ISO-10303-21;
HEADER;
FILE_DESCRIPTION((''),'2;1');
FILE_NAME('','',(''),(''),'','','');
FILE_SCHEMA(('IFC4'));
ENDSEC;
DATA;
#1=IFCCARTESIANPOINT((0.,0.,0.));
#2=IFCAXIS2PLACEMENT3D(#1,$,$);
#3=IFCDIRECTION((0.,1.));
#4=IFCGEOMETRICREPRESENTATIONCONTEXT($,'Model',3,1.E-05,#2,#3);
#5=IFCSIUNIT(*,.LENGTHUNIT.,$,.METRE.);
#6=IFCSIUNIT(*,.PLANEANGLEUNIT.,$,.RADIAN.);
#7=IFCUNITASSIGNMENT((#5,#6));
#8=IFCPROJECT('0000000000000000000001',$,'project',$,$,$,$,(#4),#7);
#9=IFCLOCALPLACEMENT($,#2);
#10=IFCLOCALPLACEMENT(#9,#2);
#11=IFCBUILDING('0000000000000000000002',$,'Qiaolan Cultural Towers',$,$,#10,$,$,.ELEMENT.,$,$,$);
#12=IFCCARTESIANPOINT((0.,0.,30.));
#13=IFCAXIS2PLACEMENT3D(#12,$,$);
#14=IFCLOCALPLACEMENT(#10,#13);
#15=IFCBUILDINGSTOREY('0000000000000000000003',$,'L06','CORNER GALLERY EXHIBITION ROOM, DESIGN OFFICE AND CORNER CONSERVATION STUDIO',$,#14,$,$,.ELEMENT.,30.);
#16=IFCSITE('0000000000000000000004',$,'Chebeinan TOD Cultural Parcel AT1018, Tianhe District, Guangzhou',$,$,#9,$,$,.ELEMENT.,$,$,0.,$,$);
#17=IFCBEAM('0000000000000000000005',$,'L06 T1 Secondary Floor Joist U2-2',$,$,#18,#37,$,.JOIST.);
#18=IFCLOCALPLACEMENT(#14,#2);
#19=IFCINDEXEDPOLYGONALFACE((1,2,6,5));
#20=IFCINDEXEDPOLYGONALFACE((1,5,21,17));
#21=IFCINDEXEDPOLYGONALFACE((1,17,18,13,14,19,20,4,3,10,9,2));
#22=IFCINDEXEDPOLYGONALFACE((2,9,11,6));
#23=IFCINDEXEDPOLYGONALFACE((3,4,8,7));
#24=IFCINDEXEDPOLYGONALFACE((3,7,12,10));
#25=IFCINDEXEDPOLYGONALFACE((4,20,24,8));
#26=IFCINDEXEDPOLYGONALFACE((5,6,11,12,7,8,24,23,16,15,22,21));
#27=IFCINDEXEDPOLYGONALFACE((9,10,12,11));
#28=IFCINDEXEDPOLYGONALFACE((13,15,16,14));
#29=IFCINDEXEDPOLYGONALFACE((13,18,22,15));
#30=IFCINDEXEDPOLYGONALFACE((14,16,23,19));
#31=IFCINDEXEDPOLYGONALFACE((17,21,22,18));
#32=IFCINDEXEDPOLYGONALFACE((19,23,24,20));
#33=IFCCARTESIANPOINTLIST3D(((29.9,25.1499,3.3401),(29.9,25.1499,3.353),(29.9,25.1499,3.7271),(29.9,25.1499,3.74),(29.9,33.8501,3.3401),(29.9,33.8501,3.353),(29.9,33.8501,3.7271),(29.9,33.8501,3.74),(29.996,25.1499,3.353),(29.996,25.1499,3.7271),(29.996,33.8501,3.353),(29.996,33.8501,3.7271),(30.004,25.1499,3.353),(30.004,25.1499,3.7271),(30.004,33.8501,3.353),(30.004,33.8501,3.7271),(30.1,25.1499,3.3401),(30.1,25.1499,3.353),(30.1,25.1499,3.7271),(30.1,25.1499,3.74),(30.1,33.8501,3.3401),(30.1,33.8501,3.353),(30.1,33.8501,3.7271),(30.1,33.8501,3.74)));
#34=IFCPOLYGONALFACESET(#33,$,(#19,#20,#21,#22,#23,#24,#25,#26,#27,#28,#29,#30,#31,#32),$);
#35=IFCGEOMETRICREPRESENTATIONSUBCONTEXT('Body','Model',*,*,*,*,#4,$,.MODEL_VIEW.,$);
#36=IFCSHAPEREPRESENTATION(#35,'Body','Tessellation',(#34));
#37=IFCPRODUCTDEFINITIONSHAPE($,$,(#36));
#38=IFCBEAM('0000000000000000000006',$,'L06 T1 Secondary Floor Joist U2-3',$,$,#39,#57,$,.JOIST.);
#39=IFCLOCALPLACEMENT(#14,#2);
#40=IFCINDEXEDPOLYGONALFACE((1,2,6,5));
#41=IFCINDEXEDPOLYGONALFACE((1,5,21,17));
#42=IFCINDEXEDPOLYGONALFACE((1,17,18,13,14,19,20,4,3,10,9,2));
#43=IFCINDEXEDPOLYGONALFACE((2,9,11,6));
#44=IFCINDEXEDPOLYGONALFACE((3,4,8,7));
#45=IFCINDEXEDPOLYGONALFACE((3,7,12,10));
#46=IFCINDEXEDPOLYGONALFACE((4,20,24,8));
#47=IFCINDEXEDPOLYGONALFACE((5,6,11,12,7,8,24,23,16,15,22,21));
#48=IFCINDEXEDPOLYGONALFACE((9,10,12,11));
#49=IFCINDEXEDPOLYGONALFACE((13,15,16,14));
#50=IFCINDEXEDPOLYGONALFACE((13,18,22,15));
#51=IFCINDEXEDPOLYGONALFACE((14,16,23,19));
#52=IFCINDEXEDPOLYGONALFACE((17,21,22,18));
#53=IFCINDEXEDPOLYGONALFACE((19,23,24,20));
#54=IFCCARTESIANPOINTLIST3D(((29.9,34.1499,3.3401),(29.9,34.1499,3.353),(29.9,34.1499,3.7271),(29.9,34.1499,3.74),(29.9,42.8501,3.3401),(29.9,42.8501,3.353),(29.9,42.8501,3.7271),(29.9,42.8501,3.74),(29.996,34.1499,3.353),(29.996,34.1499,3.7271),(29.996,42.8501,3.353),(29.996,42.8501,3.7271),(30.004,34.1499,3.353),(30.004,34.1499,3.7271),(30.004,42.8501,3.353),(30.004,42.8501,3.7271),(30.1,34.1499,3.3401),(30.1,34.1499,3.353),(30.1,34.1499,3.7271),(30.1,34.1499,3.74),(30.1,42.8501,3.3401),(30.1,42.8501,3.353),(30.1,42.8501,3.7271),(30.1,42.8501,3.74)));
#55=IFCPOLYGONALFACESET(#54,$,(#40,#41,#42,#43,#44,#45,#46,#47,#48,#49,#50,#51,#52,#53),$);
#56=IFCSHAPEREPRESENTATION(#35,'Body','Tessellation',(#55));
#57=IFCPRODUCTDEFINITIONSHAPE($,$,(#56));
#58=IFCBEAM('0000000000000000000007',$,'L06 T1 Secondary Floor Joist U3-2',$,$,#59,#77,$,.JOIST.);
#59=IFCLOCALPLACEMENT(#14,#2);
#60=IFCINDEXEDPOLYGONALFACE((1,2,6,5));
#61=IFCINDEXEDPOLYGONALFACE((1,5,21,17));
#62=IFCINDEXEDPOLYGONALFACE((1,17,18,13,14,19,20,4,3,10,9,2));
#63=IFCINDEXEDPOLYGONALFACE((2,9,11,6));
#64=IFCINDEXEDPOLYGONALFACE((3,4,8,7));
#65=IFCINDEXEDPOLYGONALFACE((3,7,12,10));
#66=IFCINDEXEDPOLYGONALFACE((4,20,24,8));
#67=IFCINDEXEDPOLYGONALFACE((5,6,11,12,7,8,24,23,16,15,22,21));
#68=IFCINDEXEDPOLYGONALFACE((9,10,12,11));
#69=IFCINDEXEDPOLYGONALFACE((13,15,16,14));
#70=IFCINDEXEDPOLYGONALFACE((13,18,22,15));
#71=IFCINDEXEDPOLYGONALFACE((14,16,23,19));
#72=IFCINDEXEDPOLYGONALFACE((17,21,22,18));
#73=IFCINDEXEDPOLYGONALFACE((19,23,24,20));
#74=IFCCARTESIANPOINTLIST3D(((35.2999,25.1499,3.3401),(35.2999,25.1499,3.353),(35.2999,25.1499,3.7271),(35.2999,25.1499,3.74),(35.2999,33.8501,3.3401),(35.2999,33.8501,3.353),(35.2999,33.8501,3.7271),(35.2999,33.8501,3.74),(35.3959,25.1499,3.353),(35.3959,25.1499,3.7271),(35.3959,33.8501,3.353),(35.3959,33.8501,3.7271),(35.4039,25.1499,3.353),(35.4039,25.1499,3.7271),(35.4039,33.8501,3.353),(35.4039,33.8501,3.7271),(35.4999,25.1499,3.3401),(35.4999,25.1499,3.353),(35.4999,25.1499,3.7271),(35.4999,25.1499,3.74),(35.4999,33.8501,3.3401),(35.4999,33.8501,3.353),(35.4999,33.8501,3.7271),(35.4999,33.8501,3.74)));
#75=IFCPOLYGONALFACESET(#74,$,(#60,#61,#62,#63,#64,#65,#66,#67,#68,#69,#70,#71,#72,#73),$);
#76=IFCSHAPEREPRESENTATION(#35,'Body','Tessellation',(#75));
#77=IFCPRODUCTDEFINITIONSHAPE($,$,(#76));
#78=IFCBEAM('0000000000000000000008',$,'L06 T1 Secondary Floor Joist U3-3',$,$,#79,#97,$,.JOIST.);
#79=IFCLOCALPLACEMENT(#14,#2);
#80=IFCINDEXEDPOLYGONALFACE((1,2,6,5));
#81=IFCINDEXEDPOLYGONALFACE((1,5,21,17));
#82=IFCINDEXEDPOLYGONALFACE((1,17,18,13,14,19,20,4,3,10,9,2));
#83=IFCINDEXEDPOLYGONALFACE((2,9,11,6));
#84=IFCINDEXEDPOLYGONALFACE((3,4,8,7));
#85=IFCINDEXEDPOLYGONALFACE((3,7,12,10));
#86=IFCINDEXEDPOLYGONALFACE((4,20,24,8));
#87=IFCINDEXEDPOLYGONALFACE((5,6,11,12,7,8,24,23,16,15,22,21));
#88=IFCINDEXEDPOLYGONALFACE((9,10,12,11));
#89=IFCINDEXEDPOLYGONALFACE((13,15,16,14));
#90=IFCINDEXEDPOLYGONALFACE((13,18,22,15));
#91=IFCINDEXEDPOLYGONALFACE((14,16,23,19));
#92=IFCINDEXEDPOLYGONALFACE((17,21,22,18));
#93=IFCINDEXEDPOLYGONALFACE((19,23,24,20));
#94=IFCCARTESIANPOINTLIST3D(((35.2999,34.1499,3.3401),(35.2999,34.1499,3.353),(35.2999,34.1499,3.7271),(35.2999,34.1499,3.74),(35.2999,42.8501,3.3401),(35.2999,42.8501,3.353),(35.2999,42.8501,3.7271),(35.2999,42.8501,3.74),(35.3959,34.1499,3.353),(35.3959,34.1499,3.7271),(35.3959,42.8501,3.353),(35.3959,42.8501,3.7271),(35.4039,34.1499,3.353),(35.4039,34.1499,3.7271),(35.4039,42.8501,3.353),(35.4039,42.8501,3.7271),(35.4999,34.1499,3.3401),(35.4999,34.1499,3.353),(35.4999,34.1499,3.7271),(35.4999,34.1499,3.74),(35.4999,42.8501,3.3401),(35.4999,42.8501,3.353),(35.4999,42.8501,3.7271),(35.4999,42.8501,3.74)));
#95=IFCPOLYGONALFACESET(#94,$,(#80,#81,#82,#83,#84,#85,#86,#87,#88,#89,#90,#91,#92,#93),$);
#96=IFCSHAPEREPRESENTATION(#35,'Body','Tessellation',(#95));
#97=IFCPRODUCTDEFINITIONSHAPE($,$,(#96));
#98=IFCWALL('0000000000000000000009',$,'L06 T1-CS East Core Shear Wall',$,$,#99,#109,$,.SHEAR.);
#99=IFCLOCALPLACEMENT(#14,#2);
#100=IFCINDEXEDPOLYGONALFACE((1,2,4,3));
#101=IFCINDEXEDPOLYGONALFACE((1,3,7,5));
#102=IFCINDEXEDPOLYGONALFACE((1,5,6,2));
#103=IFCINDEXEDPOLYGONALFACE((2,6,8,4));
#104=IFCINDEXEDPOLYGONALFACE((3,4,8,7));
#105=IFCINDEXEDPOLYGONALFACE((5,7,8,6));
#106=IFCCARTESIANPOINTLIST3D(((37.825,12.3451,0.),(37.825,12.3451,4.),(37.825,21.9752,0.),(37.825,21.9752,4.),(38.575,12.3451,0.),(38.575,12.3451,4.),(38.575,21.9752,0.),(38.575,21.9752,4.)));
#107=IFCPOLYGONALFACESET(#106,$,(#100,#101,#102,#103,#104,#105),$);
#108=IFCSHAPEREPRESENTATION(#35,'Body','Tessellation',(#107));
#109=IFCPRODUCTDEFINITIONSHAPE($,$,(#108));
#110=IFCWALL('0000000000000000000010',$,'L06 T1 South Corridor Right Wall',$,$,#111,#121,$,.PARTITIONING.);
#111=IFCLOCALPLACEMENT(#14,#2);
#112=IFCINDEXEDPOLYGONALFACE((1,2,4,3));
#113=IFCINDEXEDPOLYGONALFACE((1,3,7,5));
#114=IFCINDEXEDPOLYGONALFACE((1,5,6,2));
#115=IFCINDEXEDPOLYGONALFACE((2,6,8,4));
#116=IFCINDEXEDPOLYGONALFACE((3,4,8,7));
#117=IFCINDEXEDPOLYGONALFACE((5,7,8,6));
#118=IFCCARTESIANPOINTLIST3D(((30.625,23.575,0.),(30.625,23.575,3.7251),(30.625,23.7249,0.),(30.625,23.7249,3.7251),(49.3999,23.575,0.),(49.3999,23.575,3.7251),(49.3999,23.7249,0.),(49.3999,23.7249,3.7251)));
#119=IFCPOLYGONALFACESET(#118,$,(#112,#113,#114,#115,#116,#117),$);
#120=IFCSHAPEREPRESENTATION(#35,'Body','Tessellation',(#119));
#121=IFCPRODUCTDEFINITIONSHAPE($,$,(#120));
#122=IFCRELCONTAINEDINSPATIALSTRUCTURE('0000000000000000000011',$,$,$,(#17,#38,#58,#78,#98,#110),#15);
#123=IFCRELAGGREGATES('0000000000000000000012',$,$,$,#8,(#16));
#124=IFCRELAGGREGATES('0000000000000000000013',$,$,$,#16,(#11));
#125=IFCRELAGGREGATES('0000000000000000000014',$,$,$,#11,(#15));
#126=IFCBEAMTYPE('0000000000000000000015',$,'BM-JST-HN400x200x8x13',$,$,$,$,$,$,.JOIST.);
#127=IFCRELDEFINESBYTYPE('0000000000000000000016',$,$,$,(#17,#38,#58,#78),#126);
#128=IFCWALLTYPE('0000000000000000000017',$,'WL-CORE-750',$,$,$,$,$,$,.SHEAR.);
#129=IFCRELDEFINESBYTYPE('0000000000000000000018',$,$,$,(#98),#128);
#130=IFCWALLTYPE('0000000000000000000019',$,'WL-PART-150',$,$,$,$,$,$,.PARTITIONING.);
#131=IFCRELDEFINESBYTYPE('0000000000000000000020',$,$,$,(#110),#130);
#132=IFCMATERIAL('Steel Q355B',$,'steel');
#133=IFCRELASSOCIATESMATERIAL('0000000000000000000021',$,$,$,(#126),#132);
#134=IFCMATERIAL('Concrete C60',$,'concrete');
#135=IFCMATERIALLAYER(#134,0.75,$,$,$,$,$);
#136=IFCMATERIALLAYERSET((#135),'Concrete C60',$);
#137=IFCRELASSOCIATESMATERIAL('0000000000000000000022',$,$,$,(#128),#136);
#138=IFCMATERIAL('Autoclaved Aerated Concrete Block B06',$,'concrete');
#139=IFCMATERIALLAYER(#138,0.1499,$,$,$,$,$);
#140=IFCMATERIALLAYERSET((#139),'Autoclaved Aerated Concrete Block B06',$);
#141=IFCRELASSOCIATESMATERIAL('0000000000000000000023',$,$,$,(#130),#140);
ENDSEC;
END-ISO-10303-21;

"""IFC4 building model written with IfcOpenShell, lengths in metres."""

from ifc_helpers import new_model, si_unit, direction, frame, frame_2d, origin, origin_2d, place, context, subcontext, project, spatial, rectangle, i_section, extrude, material, layer, layer_set, material_profile, profile_set, type_object, element, save


model = new_model("IFC4")

# Units and contexts
model_context = context("Model", 3, precision=1e-05, world=origin(), true_north=direction((0.0, 1.0)))
body_context = subcontext(model_context, "Body", "Model", "MODEL_VIEW")
ifc_project = project(units=[si_unit("LENGTHUNIT", "METRE"), si_unit("PLANEANGLEUNIT", "RADIAN")], contexts=[model_context])

# Site, building, storey
site_placement = place(None, origin())
site = spatial("IfcSite", under=ifc_project, at=site_placement, Name="Chebeinan TOD Cultural Parcel AT1018, Tianhe District, Guangzhou", CompositionType="ELEMENT", RefElevation=0.0)
building_placement = place(site_placement, origin())
building = spatial("IfcBuilding", under=site, at=building_placement, Name="Qiaolan Cultural Towers", CompositionType="ELEMENT")
storey_placement = place(building_placement, frame((0.0, 0.0, 30.0)))
storey = spatial("IfcBuildingStorey", under=building, at=storey_placement, Name="L06", Description="CORNER GALLERY EXHIBITION ROOM, DESIGN OFFICE AND CORNER CONSERVATION STUDIO", CompositionType="ELEMENT", Elevation=30.0)

# Beams
ifc_material_1 = material(Name="Steel Q355B", Category="steel")
ifc_material_profile = material_profile(ifc_material_1, i_section(OverallWidth=0.2, OverallDepth=0.3999, WebThickness=0.0081, FlangeThickness=0.0129, at=origin_2d()), Name="HN400x200x8x13")
ifc_profile_set = profile_set([ifc_material_profile], Name="Steel Q355B")
beam_type = type_object("IfcBeamType", Name="BM-JST-HN400x200x8x13", PredefinedType="JOIST", material=ifc_profile_set)
for number, where, z_axis, x_axis, name in (
    (1, (30.0, 25.1499, 3.54), (0.0, 1.0, 0.0), (-1.0, 0.0, 0.0), "L06 T1 Secondary Floor Joist U2-2"),
    (2, (30.0, 34.1499, 3.54), (0.0, 1.0, 0.0), (-1.0, 0.0, 0.0), "L06 T1 Secondary Floor Joist U2-3"),
    (3, (35.3999, 25.1499, 3.54), (0.0, 1.0, 0.0), (-1.0, 0.0, 0.0), "L06 T1 Secondary Floor Joist U3-2"),
    (4, (35.3999, 34.1499, 3.54), (0.0, 1.0, 0.0), (-1.0, 0.0, 0.0), "L06 T1 Secondary Floor Joist U3-3"),
):
    element("IfcBeam", number, at=place(storey_placement, frame(where, z_axis=z_axis, x_axis=x_axis)), inside=storey, type_object=beam_type, Name=name, PredefinedType="JOIST", context=body_context, shape_type="SweptSolid", body=[
        extrude(i_section(OverallWidth=0.2, OverallDepth=0.3999, WebThickness=0.0081, FlangeThickness=0.0129, at=origin_2d()), origin(), (0.0, 0.0, 1.0), 8.7002),
    ])

# Walls
ifc_material_2 = material(Name="Concrete C60", Category="concrete")
ifc_layer_1 = layer(ifc_material_2, 0.75)
ifc_layer_set_1 = layer_set([ifc_layer_1], Name="Concrete C60")
wall_type_1 = type_object("IfcWallType", Name="WL-CORE-750", PredefinedType="SHEAR", material=ifc_layer_set_1)
wall_1_placement = place(storey_placement, frame((38.2, 21.9751, 0.0), z_axis=(0.0, 0.0, 1.0), x_axis=(0.0, -1.0, 0.0)))
element("IfcWall", 5, at=wall_1_placement, inside=storey, type_object=wall_type_1, Name="L06 T1-CS East Core Shear Wall", PredefinedType="SHEAR", context=body_context, shape_type="SweptSolid", body=[
    extrude(rectangle(XDim=9.6301, YDim=0.75, at=frame_2d((4.8149, 0.0))), origin(), (0.0, 0.0, 1.0), 4.0),
])
ifc_material_3 = material(Name="Autoclaved Aerated Concrete Block B06", Category="concrete")
ifc_layer_2 = layer(ifc_material_3, 0.1499)
ifc_layer_set_2 = layer_set([ifc_layer_2], Name="Autoclaved Aerated Concrete Block B06")
wall_type_2 = type_object("IfcWallType", Name="WL-PART-150", PredefinedType="PARTITIONING", material=ifc_layer_set_2)
wall_2_placement = place(storey_placement, frame((30.625, 23.6499, 0.0), z_axis=(0.0, 0.0, 1.0), x_axis=(1.0, 0.0, 0.0)))
element("IfcWall", 6, at=wall_2_placement, inside=storey, type_object=wall_type_2, Name="L06 T1 South Corridor Right Wall", PredefinedType="PARTITIONING", context=body_context, shape_type="SweptSolid", body=[
    extrude(rectangle(XDim=18.7749, YDim=0.1499, at=frame_2d((9.3875, 0.0))), origin(), (0.0, 0.0, 1.0), 3.7251),
])

save(model, "model.ifc")
